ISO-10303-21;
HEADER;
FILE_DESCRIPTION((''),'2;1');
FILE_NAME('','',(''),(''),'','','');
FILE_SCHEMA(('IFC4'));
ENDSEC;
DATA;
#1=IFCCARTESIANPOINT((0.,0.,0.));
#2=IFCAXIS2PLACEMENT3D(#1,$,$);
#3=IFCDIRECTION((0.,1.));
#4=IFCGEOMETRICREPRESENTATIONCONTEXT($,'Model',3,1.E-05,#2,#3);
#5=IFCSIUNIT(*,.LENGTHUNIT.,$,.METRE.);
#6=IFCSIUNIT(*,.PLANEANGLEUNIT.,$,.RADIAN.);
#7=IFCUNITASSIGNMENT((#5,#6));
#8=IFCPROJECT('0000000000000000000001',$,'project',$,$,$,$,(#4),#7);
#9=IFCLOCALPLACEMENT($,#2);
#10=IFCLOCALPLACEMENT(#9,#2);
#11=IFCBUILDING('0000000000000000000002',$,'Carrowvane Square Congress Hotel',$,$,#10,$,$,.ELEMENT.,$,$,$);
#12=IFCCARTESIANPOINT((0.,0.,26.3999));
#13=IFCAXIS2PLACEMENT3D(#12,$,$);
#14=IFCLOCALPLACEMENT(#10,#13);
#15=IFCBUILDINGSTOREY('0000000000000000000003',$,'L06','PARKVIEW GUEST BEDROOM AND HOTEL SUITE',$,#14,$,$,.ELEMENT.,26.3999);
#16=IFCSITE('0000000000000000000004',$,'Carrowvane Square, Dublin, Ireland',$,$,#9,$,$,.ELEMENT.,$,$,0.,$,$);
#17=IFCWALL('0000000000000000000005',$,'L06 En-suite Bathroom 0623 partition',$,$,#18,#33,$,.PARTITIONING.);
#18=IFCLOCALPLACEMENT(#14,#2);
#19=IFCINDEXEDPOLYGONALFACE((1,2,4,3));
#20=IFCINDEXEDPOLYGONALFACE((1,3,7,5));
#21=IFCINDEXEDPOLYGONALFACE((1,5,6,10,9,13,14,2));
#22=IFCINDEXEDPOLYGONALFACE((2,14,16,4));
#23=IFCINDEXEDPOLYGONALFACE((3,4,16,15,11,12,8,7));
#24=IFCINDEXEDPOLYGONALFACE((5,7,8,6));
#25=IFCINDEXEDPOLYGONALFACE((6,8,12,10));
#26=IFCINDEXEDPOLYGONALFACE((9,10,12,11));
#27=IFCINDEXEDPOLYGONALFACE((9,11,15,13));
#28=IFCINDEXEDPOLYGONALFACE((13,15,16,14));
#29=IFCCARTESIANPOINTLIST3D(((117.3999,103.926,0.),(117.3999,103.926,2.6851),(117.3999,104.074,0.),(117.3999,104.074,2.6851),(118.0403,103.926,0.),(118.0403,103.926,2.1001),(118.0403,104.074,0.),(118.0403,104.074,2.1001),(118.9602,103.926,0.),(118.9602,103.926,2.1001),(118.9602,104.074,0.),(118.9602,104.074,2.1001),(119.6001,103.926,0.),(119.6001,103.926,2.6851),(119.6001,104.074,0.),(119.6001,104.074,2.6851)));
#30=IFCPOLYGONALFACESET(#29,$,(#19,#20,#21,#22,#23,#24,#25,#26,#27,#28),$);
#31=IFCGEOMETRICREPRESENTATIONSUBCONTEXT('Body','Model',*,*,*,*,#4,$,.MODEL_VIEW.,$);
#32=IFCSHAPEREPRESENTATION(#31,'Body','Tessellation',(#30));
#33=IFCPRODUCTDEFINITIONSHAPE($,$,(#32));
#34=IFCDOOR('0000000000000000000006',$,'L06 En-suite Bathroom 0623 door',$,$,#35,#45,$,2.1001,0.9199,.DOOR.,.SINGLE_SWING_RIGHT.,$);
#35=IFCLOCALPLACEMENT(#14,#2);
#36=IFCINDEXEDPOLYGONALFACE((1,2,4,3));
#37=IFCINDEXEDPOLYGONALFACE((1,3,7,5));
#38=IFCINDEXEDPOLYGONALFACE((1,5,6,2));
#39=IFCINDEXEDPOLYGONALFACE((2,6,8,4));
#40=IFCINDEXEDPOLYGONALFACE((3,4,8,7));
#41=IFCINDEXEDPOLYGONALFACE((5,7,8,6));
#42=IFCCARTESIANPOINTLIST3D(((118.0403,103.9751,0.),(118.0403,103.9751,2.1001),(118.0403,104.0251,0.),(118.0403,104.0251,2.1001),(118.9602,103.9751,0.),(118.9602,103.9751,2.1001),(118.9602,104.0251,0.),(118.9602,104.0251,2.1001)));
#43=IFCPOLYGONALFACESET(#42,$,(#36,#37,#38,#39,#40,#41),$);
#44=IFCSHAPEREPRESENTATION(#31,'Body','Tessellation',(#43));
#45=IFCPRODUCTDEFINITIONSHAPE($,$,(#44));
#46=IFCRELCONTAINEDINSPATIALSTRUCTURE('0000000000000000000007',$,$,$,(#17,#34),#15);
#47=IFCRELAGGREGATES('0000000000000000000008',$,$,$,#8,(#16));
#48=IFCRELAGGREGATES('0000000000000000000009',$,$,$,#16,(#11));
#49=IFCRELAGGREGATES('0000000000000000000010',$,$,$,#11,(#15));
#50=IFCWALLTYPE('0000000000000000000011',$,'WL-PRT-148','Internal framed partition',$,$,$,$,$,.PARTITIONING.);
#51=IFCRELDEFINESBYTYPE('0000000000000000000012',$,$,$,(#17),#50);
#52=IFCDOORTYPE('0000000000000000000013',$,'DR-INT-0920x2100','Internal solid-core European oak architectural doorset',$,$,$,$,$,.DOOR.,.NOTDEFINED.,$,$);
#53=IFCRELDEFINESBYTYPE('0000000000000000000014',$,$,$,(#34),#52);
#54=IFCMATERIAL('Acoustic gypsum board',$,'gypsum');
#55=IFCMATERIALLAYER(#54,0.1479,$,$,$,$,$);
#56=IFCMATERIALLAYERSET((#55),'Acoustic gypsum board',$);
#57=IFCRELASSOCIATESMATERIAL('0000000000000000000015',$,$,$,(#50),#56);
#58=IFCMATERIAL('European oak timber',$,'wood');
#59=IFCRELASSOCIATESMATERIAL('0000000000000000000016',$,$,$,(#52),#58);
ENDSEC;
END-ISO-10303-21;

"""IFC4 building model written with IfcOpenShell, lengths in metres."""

from ifc_helpers import new_model, si_unit, direction, frame, frame_2d, origin, place, context, subcontext, project, spatial, rectangle, extrude, material, layer, layer_set, type_object, element, fill, save


model = new_model("IFC4")

# Units and contexts
model_context = context("Model", 3, precision=1e-05, world=origin(), true_north=direction((0.0, 1.0)))
body_context = subcontext(model_context, "Body", "Model", "MODEL_VIEW")
ifc_project = project(units=[si_unit("LENGTHUNIT", "METRE"), si_unit("PLANEANGLEUNIT", "RADIAN")], contexts=[model_context])

# Site, building, storey
site_placement = place(None, origin())
site = spatial("IfcSite", under=ifc_project, at=site_placement, Name="Carrowvane Square, Dublin, Ireland", CompositionType="ELEMENT", RefElevation=0.0)
building_placement = place(site_placement, origin())
building = spatial("IfcBuilding", under=site, at=building_placement, Name="Carrowvane Square Congress Hotel", CompositionType="ELEMENT")
storey_placement = place(building_placement, frame((0.0, 0.0, 26.3999)))
storey = spatial("IfcBuildingStorey", under=building, at=storey_placement, Name="L06", Description="PARKVIEW GUEST BEDROOM AND HOTEL SUITE", CompositionType="ELEMENT", Elevation=26.3999)

# Shared definitions
ifc_material_1 = material(Name="Acoustic gypsum board", Category="gypsum")
ifc_layer_1 = layer(ifc_material_1, 0.1479)
ifc_layer_set_1 = layer_set([ifc_layer_1], Name="Acoustic gypsum board")
wall_type_1 = type_object("IfcWallType", Name="WL-PRT-148", Description="Internal framed partition", PredefinedType="PARTITIONING", material=ifc_layer_set_1)

# Wall, opening, door
wall_1_placement = place(storey_placement, frame((119.6001, 104.0, 0.0), z_axis=(0.0, 0.0, 1.0), x_axis=(-1.0, 0.0, 0.0)))
wall_1 = element("IfcWall", 1, at=wall_1_placement, inside=storey, type_object=wall_type_1, Name="L06 En-suite Bathroom 0623 partition", PredefinedType="PARTITIONING", context=body_context, shape_type="SweptSolid", body=[
    extrude(rectangle(XDim=2.2002, YDim=0.1479, at=frame_2d((1.1001, 0.0))), origin(), (0.0, 0.0, 1.0), 2.6851),
])
opening_1_placement = place(wall_1_placement, frame((0.6399, 0.0, 0.0)))
opening_1 = element("IfcOpeningElement", 2, at=opening_1_placement, cuts=wall_1, PredefinedType="OPENING", context=body_context, shape_type="SweptSolid", body=[
    extrude(rectangle(XDim=0.9199, YDim=2.1001, at=frame_2d((0.46, 1.05))), frame((0.0, 0.084, 0.0), z_axis=(0.0, -1.0, 0.0), x_axis=(1.0, 0.0, 0.0)), (0.0, 0.0, 1.0), 0.168),
])
ifc_material_2 = material(Name="European oak timber", Category="wood")
door_type_1 = type_object("IfcDoorType", Name="DR-INT-0920x2100", Description="Internal solid-core European oak architectural doorset", OperationType="NOTDEFINED", PredefinedType="DOOR", material=ifc_material_2)
door_1_placement = place(opening_1_placement, origin())
door_1 = element("IfcDoor", 3, at=door_1_placement, inside=storey, type_object=door_type_1, Name="L06 En-suite Bathroom 0623 door", OperationType="SINGLE_SWING_RIGHT", OverallHeight=2.1001, OverallWidth=0.9199, PredefinedType="DOOR", context=body_context, shape_type="SweptSolid", body=[
    extrude(rectangle(XDim=0.9199, YDim=2.1001, at=frame_2d((0.46, 1.05))), frame((0.0, 0.0249, 0.0), z_axis=(0.0, -1.0, 0.0), x_axis=(1.0, 0.0, 0.0)), (0.0, 0.0, 1.0), 0.05),
])
fill(opening_1, door_1)

save(model, "model.ifc")
